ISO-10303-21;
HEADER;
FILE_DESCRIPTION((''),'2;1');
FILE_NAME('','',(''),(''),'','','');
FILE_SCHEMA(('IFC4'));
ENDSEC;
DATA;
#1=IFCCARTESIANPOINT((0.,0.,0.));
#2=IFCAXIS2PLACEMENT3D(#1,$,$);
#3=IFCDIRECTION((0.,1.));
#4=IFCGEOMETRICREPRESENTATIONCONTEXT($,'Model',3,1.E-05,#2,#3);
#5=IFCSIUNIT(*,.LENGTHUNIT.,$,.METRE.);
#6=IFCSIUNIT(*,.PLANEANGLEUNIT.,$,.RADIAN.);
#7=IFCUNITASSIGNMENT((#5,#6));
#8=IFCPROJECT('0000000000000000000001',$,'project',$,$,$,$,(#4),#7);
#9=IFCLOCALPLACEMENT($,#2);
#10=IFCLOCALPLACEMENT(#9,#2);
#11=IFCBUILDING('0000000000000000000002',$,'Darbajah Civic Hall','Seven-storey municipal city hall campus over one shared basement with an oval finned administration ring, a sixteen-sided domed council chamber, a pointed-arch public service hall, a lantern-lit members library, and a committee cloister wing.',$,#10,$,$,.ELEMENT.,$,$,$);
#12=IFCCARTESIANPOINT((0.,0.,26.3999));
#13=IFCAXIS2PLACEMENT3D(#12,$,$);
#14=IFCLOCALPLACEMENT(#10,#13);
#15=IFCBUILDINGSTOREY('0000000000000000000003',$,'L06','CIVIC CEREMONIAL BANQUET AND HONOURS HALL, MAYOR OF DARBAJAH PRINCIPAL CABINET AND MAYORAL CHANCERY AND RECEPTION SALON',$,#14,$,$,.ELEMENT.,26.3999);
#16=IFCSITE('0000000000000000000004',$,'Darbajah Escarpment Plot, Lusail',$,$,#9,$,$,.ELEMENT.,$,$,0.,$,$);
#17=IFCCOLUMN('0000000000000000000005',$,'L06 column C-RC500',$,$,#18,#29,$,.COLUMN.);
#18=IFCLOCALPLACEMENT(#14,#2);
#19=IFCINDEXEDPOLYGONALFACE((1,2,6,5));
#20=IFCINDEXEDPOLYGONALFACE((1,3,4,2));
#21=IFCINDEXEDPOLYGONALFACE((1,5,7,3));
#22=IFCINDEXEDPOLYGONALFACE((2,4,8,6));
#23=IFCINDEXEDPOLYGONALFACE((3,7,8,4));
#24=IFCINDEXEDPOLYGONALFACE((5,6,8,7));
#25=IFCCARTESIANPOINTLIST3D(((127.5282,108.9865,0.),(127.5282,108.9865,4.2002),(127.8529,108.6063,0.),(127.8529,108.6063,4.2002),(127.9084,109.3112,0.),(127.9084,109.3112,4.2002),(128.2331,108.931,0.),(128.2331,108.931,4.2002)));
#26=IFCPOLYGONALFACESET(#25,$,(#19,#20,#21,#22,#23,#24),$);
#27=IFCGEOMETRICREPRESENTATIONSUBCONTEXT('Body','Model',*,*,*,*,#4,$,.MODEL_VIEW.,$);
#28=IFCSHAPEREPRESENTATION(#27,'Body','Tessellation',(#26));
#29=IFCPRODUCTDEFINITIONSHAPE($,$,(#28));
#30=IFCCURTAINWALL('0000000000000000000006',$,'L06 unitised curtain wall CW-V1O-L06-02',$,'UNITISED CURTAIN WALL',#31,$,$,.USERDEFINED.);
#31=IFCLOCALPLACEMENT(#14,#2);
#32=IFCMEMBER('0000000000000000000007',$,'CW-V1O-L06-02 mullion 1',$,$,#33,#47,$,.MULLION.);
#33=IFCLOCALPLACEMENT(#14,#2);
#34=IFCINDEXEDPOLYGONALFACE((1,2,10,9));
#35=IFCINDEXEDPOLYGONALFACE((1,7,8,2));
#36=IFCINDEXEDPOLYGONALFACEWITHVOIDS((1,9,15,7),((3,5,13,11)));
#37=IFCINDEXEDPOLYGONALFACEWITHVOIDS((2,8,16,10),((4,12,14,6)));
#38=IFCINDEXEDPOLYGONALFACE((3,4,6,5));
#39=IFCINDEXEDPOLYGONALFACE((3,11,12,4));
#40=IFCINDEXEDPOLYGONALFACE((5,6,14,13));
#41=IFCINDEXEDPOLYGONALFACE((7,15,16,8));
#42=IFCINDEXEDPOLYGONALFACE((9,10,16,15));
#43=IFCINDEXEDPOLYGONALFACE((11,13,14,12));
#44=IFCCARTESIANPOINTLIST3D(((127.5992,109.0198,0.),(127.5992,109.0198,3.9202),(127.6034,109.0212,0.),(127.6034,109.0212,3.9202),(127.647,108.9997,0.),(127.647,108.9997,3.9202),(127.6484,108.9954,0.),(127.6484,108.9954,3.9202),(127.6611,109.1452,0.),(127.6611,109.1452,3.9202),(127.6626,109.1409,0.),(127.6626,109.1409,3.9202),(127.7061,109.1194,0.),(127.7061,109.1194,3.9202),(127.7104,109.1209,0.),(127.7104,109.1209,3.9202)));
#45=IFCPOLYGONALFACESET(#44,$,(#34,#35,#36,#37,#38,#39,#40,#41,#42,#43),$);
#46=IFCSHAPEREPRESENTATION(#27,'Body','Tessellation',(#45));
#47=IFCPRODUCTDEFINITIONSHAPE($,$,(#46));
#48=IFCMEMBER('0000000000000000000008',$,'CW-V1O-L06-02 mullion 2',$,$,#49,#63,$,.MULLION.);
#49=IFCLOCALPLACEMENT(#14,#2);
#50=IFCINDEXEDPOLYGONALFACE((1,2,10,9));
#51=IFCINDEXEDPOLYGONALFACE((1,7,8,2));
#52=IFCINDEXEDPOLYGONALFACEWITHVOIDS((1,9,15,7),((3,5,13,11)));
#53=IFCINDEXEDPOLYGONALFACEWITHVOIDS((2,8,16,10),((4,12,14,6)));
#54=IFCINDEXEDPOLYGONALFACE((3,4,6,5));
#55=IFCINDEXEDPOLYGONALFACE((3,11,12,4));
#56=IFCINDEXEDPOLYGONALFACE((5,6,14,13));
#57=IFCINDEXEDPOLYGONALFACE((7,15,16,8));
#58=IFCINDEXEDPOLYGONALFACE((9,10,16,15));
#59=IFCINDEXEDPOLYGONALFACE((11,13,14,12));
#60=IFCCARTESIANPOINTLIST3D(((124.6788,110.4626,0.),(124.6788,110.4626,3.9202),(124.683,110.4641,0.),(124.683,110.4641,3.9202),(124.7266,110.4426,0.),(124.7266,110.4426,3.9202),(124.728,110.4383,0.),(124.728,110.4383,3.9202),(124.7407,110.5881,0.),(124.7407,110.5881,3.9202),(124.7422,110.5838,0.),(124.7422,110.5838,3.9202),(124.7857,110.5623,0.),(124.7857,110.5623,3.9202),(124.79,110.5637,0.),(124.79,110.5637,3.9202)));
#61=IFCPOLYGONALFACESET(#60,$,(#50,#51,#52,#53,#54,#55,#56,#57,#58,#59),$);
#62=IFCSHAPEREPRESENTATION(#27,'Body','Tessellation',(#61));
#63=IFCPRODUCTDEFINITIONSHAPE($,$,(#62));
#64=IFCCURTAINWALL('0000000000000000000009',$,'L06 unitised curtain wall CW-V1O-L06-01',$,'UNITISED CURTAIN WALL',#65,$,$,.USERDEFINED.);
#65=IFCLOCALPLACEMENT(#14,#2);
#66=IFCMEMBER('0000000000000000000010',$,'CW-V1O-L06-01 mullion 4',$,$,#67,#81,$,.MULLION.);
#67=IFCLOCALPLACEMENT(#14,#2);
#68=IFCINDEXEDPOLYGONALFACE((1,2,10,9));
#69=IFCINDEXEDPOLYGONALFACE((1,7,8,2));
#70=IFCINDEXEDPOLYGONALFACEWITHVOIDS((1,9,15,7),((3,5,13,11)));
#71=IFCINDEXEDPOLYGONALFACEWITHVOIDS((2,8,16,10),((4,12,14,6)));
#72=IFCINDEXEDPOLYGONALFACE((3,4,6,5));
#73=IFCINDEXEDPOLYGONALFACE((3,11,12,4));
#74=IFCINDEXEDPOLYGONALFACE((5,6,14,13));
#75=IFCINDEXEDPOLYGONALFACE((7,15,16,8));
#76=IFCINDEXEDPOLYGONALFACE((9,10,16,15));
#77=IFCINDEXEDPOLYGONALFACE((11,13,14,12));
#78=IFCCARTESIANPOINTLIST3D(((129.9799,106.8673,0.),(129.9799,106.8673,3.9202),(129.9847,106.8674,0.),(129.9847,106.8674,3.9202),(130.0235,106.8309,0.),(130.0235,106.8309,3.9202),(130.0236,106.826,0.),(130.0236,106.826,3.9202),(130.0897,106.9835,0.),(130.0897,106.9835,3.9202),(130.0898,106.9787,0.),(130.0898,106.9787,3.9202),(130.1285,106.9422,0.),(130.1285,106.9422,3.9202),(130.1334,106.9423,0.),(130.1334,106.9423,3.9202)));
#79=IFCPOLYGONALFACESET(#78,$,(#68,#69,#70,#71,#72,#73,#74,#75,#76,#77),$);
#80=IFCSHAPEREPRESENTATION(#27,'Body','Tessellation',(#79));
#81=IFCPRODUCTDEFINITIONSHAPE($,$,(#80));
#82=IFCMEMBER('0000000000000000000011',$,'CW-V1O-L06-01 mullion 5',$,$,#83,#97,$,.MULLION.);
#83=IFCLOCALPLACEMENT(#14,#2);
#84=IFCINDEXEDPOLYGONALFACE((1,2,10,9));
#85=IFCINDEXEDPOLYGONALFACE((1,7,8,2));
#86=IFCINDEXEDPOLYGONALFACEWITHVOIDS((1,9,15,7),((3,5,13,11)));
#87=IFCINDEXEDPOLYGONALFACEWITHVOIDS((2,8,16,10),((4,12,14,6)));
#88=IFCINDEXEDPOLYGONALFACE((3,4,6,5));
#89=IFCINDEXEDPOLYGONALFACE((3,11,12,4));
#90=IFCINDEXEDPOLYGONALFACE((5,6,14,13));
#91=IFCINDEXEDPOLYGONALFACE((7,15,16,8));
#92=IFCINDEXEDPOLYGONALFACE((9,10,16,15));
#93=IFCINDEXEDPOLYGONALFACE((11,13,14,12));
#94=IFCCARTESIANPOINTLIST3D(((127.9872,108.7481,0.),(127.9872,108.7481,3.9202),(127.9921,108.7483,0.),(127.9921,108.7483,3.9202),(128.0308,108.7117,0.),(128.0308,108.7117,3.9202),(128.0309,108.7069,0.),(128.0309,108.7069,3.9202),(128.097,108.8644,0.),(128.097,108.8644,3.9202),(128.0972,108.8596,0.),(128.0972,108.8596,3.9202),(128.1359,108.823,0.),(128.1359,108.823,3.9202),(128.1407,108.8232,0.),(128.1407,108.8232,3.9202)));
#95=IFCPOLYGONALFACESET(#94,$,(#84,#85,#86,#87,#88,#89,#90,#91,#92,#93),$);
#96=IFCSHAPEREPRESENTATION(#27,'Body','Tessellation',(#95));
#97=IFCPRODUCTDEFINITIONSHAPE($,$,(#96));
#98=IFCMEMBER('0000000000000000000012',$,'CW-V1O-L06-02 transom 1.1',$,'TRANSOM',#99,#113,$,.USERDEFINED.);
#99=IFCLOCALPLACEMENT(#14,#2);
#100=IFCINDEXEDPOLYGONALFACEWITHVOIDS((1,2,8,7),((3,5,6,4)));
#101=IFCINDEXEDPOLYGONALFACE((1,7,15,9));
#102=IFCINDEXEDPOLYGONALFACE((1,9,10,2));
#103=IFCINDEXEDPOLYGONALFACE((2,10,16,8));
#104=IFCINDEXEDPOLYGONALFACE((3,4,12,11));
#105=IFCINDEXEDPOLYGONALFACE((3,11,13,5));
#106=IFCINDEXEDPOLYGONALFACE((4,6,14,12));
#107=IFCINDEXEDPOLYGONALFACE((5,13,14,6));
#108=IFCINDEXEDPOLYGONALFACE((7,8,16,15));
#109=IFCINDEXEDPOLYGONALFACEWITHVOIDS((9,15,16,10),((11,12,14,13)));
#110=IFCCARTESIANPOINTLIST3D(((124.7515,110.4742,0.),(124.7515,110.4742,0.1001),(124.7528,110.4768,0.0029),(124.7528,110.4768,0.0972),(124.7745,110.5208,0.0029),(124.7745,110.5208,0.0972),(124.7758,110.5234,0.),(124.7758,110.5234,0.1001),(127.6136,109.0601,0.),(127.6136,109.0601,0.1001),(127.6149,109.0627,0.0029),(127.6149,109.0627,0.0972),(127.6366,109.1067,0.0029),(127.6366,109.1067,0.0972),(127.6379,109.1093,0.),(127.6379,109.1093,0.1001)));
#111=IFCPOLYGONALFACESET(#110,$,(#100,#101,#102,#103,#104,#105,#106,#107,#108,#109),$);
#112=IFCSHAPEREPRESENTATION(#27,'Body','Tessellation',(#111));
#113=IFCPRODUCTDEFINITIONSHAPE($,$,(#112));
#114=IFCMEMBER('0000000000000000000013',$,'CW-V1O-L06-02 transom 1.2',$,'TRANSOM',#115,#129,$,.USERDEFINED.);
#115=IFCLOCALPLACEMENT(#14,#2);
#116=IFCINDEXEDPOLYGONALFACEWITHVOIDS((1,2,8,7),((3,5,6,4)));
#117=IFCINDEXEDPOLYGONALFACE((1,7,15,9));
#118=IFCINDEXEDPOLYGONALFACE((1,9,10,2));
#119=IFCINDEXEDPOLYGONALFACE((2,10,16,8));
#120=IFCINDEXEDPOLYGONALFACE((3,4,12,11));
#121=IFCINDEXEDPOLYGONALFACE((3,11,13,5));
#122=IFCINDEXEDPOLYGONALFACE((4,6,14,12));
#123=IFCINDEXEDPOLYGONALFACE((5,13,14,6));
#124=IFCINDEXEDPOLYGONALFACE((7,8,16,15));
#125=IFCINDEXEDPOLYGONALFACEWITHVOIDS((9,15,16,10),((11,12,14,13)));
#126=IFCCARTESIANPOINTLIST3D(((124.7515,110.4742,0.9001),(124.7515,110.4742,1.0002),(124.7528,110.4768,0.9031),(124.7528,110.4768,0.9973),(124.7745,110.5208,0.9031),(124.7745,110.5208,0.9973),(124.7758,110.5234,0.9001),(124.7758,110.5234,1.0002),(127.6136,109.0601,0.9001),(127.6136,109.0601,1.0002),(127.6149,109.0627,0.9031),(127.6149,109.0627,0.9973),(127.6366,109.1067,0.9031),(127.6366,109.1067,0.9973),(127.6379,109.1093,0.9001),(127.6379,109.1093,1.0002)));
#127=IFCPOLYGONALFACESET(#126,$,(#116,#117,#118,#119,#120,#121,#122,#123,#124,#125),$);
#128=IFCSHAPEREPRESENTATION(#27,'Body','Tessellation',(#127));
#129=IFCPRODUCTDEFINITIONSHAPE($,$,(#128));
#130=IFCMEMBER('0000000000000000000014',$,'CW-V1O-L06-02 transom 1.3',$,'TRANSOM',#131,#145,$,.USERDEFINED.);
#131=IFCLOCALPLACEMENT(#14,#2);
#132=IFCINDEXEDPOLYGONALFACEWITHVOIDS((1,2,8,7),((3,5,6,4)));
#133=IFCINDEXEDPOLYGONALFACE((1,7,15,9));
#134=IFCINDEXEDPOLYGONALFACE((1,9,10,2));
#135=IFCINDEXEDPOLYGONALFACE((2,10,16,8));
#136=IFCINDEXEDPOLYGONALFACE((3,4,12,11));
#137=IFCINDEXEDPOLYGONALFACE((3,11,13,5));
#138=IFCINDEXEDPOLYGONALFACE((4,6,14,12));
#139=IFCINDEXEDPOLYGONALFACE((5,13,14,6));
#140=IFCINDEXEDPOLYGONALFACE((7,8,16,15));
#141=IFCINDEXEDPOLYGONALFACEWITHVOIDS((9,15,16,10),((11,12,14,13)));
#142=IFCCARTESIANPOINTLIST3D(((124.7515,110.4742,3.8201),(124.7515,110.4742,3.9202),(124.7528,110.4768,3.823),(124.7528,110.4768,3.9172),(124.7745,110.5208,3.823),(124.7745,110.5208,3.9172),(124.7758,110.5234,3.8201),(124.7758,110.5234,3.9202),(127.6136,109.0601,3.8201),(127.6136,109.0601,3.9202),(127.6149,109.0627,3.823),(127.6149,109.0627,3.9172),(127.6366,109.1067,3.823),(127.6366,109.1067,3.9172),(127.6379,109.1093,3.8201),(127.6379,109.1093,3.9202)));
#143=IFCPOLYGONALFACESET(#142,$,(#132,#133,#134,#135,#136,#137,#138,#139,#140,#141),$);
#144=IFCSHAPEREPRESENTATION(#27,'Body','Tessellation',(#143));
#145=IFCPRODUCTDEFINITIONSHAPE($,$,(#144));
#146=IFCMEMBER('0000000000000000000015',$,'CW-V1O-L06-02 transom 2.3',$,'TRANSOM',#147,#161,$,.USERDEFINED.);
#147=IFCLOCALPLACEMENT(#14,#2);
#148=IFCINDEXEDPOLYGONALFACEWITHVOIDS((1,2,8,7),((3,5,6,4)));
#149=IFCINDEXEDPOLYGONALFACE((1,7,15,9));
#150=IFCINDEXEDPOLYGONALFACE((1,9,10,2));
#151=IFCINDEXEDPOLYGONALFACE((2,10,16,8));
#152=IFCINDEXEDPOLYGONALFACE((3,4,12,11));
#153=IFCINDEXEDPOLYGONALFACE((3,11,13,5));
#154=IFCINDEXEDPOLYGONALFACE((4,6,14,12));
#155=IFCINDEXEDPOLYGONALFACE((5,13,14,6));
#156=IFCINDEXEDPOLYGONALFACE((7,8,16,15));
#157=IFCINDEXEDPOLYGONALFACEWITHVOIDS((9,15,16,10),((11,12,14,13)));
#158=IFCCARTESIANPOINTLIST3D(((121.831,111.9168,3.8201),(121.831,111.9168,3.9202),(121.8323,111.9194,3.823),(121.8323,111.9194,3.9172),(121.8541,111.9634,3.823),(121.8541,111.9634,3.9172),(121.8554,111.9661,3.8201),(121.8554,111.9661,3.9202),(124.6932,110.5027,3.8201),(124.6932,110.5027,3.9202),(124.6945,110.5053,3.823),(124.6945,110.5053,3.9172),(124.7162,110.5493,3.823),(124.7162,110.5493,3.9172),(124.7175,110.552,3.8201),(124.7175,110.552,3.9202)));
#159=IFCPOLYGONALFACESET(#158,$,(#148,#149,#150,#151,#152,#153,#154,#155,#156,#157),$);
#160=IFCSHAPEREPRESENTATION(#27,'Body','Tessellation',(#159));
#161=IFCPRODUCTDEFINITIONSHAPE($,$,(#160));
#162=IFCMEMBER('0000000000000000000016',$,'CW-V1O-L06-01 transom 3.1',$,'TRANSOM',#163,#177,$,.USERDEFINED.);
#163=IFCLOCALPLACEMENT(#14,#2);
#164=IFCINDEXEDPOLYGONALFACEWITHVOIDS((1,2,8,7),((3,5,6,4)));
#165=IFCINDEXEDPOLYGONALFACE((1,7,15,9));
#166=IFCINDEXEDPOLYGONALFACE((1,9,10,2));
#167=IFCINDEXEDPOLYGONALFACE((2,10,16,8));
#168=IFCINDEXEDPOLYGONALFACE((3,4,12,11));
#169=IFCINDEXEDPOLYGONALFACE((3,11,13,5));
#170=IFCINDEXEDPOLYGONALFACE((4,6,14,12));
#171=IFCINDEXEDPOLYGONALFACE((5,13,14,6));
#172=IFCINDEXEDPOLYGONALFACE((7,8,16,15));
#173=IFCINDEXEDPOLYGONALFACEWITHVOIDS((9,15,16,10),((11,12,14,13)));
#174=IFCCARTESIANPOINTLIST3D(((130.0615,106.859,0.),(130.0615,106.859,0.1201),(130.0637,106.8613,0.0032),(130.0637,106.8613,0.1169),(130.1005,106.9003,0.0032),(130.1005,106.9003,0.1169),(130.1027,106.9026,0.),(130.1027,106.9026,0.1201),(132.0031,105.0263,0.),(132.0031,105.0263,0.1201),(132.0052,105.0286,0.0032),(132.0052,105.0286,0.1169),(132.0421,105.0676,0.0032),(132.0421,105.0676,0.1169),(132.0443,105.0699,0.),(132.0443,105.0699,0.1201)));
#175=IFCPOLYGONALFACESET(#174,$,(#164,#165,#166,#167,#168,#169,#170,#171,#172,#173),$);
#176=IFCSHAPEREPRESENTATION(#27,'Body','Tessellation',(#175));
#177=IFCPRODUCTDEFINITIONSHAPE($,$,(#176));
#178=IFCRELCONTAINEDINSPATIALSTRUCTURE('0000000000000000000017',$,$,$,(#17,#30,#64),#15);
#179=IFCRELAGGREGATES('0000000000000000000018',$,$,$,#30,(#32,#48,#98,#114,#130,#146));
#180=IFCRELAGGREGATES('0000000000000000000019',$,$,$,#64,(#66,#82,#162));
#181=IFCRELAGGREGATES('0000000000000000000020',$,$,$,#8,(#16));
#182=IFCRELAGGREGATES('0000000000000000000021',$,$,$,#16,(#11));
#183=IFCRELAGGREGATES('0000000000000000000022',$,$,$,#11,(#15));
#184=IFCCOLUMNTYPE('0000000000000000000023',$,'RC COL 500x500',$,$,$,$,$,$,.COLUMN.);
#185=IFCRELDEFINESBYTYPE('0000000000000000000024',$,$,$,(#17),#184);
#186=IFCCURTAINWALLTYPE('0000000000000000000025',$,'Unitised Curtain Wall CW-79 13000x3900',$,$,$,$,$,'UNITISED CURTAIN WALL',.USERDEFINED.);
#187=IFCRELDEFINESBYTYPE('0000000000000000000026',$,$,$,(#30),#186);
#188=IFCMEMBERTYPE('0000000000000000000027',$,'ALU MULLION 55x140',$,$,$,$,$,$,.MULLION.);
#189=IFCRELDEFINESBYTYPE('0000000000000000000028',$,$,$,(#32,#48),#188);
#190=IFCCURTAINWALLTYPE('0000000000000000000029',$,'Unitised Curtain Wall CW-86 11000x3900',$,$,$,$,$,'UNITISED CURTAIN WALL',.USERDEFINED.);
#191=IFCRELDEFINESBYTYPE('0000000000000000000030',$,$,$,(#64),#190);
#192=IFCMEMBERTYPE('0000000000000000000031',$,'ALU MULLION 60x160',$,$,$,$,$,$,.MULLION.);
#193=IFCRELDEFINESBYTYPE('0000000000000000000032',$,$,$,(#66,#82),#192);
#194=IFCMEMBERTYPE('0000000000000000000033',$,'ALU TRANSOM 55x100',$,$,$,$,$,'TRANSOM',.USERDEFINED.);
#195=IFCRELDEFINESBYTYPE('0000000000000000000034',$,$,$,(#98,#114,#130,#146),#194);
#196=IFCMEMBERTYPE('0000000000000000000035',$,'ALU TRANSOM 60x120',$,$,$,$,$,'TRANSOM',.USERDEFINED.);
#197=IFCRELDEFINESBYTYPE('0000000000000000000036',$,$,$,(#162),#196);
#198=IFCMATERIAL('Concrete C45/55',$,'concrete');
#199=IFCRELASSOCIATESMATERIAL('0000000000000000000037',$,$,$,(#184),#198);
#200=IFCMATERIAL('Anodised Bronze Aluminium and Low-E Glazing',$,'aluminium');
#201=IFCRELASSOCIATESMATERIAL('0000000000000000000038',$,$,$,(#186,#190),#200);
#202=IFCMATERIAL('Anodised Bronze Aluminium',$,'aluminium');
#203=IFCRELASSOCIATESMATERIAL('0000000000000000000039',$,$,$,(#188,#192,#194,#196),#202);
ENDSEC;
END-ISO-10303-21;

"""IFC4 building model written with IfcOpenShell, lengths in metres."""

from ifc_helpers import new_model, si_unit, direction, frame, origin, origin_2d, place, context, subcontext, project, spatial, rectangle, hollow_rectangle, extrude, material, material_profile, profile_set, type_object, element, aggregate, save


model = new_model("IFC4")

# Units and contexts
model_context = context("Model", 3, precision=1e-05, world=origin(), true_north=direction((0.0, 1.0)))
body_context = subcontext(model_context, "Body", "Model", "MODEL_VIEW")
ifc_project = project(units=[si_unit("LENGTHUNIT", "METRE"), si_unit("PLANEANGLEUNIT", "RADIAN")], contexts=[model_context])

# Site, building, storey
site_placement = place(None, origin())
site = spatial("IfcSite", under=ifc_project, at=site_placement, Name="Darbajah Escarpment Plot, Lusail", CompositionType="ELEMENT", RefElevation=0.0)
building_placement = place(site_placement, origin())
building = spatial("IfcBuilding", under=site, at=building_placement, Name="Darbajah Civic Hall", Description="Seven-storey municipal city hall campus over one shared basement with an oval finned administration ring, a sixteen-sided domed council chamber, a pointed-arch public service hall, a lantern-lit members library, and a committee cloister wing.", CompositionType="ELEMENT")
storey_placement = place(building_placement, frame((0.0, 0.0, 26.3999)))
storey = spatial("IfcBuildingStorey", under=building, at=storey_placement, Name="L06", Description="CIVIC CEREMONIAL BANQUET AND HONOURS HALL, MAYOR OF DARBAJAH PRINCIPAL CABINET AND MAYORAL CHANCERY AND RECEPTION SALON", CompositionType="ELEMENT", Elevation=26.3999)

# Column
ifc_material_1 = material(Name="Concrete C45/55", Category="concrete")
ifc_material_profile_1 = material_profile(ifc_material_1, rectangle(XDim=0.5, YDim=0.5, at=origin_2d()), Name="RC COL 500x500")
ifc_profile_set_1 = profile_set([ifc_material_profile_1], Name="Concrete C45/55")
column_type = type_object("IfcColumnType", Name="RC COL 500x500", PredefinedType="COLUMN", material=ifc_profile_set_1)
column_placement = place(storey_placement, frame((127.8806, 108.9587, 0.0), z_axis=(0.0, 0.0, 1.0), x_axis=(0.760406, 0.649448, 0.0)))
element("IfcColumn", 1, at=column_placement, inside=storey, type_object=column_type, Name="L06 column C-RC500", PredefinedType="COLUMN", context=body_context, shape_type="SweptSolid", body=[
    extrude(rectangle(XDim=0.5, YDim=0.5, at=origin_2d()), origin(), (0.0, 0.0, 1.0), 4.2002),
])

# Curtain walls, members
ifc_material_2 = material(Name="Anodised Bronze Aluminium and Low-E Glazing", Category="aluminium")
curtain_wall_type_1 = type_object("IfcCurtainWallType", Name="Unitised Curtain Wall CW-79 13000x3900", ElementType="UNITISED CURTAIN WALL", PredefinedType="USERDEFINED", material=ifc_material_2)
curtain_wall_1_placement = place(storey_placement, origin())
curtain_wall_1 = element("IfcCurtainWall", 2, at=curtain_wall_1_placement, inside=storey, type_object=curtain_wall_type_1, Name="L06 unitised curtain wall CW-V1O-L06-02", ObjectType="UNITISED CURTAIN WALL", PredefinedType="USERDEFINED")
ifc_material_3 = material(Name="Anodised Bronze Aluminium", Category="aluminium")
ifc_material_profile_2 = material_profile(ifc_material_3, hollow_rectangle(XDim=0.0549, YDim=0.1399, WallThickness=0.0032, at=origin_2d()), Name="ALU MULLION 55x140")
ifc_profile_set_2 = profile_set([ifc_material_profile_2], Name="Anodised Bronze Aluminium")
member_type_1 = type_object("IfcMemberType", Name="ALU MULLION 55x140", PredefinedType="MULLION", material=ifc_profile_set_2)
member_1_placement = place(storey_placement, frame((127.6548, 109.0703, 0.0), z_axis=(0.0, 0.0, 1.0), x_axis=(-0.896564, 0.442915, 0.0)))
member_1 = element("IfcMember", 3, at=member_1_placement, type_object=member_type_1, Name="CW-V1O-L06-02 mullion 1", PredefinedType="MULLION", context=body_context, shape_type="SweptSolid", body=[
    extrude(hollow_rectangle(XDim=0.0549, YDim=0.1399, WallThickness=0.0032, at=origin_2d()), origin(), (0.0, 0.0, 1.0), 3.9202),
])
member_2_placement = place(storey_placement, frame((124.7344, 110.5132, 0.0), z_axis=(0.0, 0.0, 1.0), x_axis=(-0.896564, 0.442915, 0.0)))
member_2 = element("IfcMember", 4, at=member_2_placement, type_object=member_type_1, Name="CW-V1O-L06-02 mullion 2", PredefinedType="MULLION", context=body_context, shape_type="SweptSolid", body=[
    extrude(hollow_rectangle(XDim=0.0549, YDim=0.1399, WallThickness=0.0032, at=origin_2d()), origin(), (0.0, 0.0, 1.0), 3.9202),
])
curtain_wall_type_2 = type_object("IfcCurtainWallType", Name="Unitised Curtain Wall CW-86 11000x3900", ElementType="UNITISED CURTAIN WALL", PredefinedType="USERDEFINED", material=ifc_material_2)
curtain_wall_2_placement = place(storey_placement, origin())
curtain_wall_2 = element("IfcCurtainWall", 5, at=curtain_wall_2_placement, inside=storey, type_object=curtain_wall_type_2, Name="L06 unitised curtain wall CW-V1O-L06-01", ObjectType="UNITISED CURTAIN WALL", PredefinedType="USERDEFINED")
ifc_material_profile_3 = material_profile(ifc_material_3, hollow_rectangle(XDim=0.0601, YDim=0.1599, WallThickness=0.0034, at=origin_2d()), Name="ALU MULLION 60x160")
ifc_profile_set_3 = profile_set([ifc_material_profile_3], Name="Anodised Bronze Aluminium")
member_type_2 = type_object("IfcMemberType", Name="ALU MULLION 60x160", PredefinedType="MULLION", material=ifc_profile_set_3)
member_3_placement = place(storey_placement, frame((130.0566, 106.9048, 0.0), z_axis=(0.0, 0.0, 1.0), x_axis=(-0.727174, 0.686453, 0.0)))
member_3 = element("IfcMember", 6, at=member_3_placement, type_object=member_type_2, Name="CW-V1O-L06-01 mullion 4", PredefinedType="MULLION", context=body_context, shape_type="SweptSolid", body=[
    extrude(hollow_rectangle(XDim=0.0601, YDim=0.1599, WallThickness=0.0034, at=origin_2d()), origin(), (0.0, 0.0, 1.0), 3.9202),
])
member_4_placement = place(storey_placement, frame((128.064, 108.7856, 0.0), z_axis=(0.0, 0.0, 1.0), x_axis=(-0.727174, 0.686453, 0.0)))
member_4 = element("IfcMember", 7, at=member_4_placement, type_object=member_type_2, Name="CW-V1O-L06-01 mullion 5", PredefinedType="MULLION", context=body_context, shape_type="SweptSolid", body=[
    extrude(hollow_rectangle(XDim=0.0601, YDim=0.1599, WallThickness=0.0034, at=origin_2d()), origin(), (0.0, 0.0, 1.0), 3.9202),
])

# Members
ifc_material_profile_4 = material_profile(ifc_material_3, hollow_rectangle(XDim=0.0549, YDim=0.1001, WallThickness=0.0029, at=origin_2d()), Name="ALU TRANSOM 55x100")
ifc_profile_set_4 = profile_set([ifc_material_profile_4], Name="Anodised Bronze Aluminium")
member_type_3 = type_object("IfcMemberType", Name="ALU TRANSOM 55x100", ElementType="TRANSOM", PredefinedType="USERDEFINED", material=ifc_profile_set_4)
member_5_placement = place(storey_placement, frame((127.6257, 109.0847, 0.05), z_axis=(-0.896543, 0.442956, 0.0), x_axis=(-0.442956, -0.896543, 0.0)))
member_5 = element("IfcMember", 8, at=member_5_placement, type_object=member_type_3, Name="CW-V1O-L06-02 transom 1.1", ObjectType="TRANSOM", PredefinedType="USERDEFINED", context=body_context, shape_type="SweptSolid", body=[
    extrude(hollow_rectangle(XDim=0.0549, YDim=0.1001, WallThickness=0.0029, at=origin_2d()), origin(), (0.0, 0.0, 1.0), 3.1924),
])
member_6_placement = place(storey_placement, frame((127.6257, 109.0847, 0.9502), z_axis=(-0.896543, 0.442956, 0.0), x_axis=(-0.442956, -0.896543, 0.0)))
member_6 = element("IfcMember", 9, at=member_6_placement, type_object=member_type_3, Name="CW-V1O-L06-02 transom 1.2", ObjectType="TRANSOM", PredefinedType="USERDEFINED", context=body_context, shape_type="SweptSolid", body=[
    extrude(hollow_rectangle(XDim=0.0549, YDim=0.1001, WallThickness=0.0029, at=origin_2d()), origin(), (0.0, 0.0, 1.0), 3.1924),
])
member_7_placement = place(storey_placement, frame((127.6257, 109.0847, 3.8701), z_axis=(-0.896543, 0.442956, 0.0), x_axis=(-0.442956, -0.896543, 0.0)))
member_7 = element("IfcMember", 10, at=member_7_placement, type_object=member_type_3, Name="CW-V1O-L06-02 transom 1.3", ObjectType="TRANSOM", PredefinedType="USERDEFINED", context=body_context, shape_type="SweptSolid", body=[
    extrude(hollow_rectangle(XDim=0.0549, YDim=0.1001, WallThickness=0.0029, at=origin_2d()), origin(), (0.0, 0.0, 1.0), 3.1924),
])
member_8_placement = place(storey_placement, frame((124.7053, 110.5273, 3.8701), z_axis=(-0.896543, 0.442956, 0.0), x_axis=(-0.442956, -0.896543, 0.0)))
member_8 = element("IfcMember", 11, at=member_8_placement, type_object=member_type_3, Name="CW-V1O-L06-02 transom 2.3", ObjectType="TRANSOM", PredefinedType="USERDEFINED", context=body_context, shape_type="SweptSolid", body=[
    extrude(hollow_rectangle(XDim=0.0549, YDim=0.1001, WallThickness=0.0029, at=origin_2d()), origin(), (0.0, 0.0, 1.0), 3.1924),
])
ifc_material_profile_5 = material_profile(ifc_material_3, hollow_rectangle(XDim=0.0601, YDim=0.1201, WallThickness=0.0032, at=origin_2d()), Name="ALU TRANSOM 60x120")
ifc_profile_set_5 = profile_set([ifc_material_profile_5], Name="Anodised Bronze Aluminium")
member_type_4 = type_object("IfcMemberType", Name="ALU TRANSOM 60x120", ElementType="TRANSOM", PredefinedType="USERDEFINED", material=ifc_profile_set_5)
member_9_placement = place(storey_placement, frame((132.0237, 105.0481, 0.0601), z_axis=(-0.727203, 0.686422, 0.0), x_axis=(-0.686422, -0.727203, 0.0)))
member_9 = element("IfcMember", 12, at=member_9_placement, type_object=member_type_4, Name="CW-V1O-L06-01 transom 3.1", ObjectType="TRANSOM", PredefinedType="USERDEFINED", context=body_context, shape_type="SweptSolid", body=[
    extrude(hollow_rectangle(XDim=0.0601, YDim=0.1201, WallThickness=0.0032, at=origin_2d()), origin(), (0.0, 0.0, 1.0), 2.6699),
])

aggregate(curtain_wall_1, [member_1, member_2, member_5, member_6, member_7, member_8])
aggregate(curtain_wall_2, [member_3, member_4, member_9])

save(model, "model.ifc")
